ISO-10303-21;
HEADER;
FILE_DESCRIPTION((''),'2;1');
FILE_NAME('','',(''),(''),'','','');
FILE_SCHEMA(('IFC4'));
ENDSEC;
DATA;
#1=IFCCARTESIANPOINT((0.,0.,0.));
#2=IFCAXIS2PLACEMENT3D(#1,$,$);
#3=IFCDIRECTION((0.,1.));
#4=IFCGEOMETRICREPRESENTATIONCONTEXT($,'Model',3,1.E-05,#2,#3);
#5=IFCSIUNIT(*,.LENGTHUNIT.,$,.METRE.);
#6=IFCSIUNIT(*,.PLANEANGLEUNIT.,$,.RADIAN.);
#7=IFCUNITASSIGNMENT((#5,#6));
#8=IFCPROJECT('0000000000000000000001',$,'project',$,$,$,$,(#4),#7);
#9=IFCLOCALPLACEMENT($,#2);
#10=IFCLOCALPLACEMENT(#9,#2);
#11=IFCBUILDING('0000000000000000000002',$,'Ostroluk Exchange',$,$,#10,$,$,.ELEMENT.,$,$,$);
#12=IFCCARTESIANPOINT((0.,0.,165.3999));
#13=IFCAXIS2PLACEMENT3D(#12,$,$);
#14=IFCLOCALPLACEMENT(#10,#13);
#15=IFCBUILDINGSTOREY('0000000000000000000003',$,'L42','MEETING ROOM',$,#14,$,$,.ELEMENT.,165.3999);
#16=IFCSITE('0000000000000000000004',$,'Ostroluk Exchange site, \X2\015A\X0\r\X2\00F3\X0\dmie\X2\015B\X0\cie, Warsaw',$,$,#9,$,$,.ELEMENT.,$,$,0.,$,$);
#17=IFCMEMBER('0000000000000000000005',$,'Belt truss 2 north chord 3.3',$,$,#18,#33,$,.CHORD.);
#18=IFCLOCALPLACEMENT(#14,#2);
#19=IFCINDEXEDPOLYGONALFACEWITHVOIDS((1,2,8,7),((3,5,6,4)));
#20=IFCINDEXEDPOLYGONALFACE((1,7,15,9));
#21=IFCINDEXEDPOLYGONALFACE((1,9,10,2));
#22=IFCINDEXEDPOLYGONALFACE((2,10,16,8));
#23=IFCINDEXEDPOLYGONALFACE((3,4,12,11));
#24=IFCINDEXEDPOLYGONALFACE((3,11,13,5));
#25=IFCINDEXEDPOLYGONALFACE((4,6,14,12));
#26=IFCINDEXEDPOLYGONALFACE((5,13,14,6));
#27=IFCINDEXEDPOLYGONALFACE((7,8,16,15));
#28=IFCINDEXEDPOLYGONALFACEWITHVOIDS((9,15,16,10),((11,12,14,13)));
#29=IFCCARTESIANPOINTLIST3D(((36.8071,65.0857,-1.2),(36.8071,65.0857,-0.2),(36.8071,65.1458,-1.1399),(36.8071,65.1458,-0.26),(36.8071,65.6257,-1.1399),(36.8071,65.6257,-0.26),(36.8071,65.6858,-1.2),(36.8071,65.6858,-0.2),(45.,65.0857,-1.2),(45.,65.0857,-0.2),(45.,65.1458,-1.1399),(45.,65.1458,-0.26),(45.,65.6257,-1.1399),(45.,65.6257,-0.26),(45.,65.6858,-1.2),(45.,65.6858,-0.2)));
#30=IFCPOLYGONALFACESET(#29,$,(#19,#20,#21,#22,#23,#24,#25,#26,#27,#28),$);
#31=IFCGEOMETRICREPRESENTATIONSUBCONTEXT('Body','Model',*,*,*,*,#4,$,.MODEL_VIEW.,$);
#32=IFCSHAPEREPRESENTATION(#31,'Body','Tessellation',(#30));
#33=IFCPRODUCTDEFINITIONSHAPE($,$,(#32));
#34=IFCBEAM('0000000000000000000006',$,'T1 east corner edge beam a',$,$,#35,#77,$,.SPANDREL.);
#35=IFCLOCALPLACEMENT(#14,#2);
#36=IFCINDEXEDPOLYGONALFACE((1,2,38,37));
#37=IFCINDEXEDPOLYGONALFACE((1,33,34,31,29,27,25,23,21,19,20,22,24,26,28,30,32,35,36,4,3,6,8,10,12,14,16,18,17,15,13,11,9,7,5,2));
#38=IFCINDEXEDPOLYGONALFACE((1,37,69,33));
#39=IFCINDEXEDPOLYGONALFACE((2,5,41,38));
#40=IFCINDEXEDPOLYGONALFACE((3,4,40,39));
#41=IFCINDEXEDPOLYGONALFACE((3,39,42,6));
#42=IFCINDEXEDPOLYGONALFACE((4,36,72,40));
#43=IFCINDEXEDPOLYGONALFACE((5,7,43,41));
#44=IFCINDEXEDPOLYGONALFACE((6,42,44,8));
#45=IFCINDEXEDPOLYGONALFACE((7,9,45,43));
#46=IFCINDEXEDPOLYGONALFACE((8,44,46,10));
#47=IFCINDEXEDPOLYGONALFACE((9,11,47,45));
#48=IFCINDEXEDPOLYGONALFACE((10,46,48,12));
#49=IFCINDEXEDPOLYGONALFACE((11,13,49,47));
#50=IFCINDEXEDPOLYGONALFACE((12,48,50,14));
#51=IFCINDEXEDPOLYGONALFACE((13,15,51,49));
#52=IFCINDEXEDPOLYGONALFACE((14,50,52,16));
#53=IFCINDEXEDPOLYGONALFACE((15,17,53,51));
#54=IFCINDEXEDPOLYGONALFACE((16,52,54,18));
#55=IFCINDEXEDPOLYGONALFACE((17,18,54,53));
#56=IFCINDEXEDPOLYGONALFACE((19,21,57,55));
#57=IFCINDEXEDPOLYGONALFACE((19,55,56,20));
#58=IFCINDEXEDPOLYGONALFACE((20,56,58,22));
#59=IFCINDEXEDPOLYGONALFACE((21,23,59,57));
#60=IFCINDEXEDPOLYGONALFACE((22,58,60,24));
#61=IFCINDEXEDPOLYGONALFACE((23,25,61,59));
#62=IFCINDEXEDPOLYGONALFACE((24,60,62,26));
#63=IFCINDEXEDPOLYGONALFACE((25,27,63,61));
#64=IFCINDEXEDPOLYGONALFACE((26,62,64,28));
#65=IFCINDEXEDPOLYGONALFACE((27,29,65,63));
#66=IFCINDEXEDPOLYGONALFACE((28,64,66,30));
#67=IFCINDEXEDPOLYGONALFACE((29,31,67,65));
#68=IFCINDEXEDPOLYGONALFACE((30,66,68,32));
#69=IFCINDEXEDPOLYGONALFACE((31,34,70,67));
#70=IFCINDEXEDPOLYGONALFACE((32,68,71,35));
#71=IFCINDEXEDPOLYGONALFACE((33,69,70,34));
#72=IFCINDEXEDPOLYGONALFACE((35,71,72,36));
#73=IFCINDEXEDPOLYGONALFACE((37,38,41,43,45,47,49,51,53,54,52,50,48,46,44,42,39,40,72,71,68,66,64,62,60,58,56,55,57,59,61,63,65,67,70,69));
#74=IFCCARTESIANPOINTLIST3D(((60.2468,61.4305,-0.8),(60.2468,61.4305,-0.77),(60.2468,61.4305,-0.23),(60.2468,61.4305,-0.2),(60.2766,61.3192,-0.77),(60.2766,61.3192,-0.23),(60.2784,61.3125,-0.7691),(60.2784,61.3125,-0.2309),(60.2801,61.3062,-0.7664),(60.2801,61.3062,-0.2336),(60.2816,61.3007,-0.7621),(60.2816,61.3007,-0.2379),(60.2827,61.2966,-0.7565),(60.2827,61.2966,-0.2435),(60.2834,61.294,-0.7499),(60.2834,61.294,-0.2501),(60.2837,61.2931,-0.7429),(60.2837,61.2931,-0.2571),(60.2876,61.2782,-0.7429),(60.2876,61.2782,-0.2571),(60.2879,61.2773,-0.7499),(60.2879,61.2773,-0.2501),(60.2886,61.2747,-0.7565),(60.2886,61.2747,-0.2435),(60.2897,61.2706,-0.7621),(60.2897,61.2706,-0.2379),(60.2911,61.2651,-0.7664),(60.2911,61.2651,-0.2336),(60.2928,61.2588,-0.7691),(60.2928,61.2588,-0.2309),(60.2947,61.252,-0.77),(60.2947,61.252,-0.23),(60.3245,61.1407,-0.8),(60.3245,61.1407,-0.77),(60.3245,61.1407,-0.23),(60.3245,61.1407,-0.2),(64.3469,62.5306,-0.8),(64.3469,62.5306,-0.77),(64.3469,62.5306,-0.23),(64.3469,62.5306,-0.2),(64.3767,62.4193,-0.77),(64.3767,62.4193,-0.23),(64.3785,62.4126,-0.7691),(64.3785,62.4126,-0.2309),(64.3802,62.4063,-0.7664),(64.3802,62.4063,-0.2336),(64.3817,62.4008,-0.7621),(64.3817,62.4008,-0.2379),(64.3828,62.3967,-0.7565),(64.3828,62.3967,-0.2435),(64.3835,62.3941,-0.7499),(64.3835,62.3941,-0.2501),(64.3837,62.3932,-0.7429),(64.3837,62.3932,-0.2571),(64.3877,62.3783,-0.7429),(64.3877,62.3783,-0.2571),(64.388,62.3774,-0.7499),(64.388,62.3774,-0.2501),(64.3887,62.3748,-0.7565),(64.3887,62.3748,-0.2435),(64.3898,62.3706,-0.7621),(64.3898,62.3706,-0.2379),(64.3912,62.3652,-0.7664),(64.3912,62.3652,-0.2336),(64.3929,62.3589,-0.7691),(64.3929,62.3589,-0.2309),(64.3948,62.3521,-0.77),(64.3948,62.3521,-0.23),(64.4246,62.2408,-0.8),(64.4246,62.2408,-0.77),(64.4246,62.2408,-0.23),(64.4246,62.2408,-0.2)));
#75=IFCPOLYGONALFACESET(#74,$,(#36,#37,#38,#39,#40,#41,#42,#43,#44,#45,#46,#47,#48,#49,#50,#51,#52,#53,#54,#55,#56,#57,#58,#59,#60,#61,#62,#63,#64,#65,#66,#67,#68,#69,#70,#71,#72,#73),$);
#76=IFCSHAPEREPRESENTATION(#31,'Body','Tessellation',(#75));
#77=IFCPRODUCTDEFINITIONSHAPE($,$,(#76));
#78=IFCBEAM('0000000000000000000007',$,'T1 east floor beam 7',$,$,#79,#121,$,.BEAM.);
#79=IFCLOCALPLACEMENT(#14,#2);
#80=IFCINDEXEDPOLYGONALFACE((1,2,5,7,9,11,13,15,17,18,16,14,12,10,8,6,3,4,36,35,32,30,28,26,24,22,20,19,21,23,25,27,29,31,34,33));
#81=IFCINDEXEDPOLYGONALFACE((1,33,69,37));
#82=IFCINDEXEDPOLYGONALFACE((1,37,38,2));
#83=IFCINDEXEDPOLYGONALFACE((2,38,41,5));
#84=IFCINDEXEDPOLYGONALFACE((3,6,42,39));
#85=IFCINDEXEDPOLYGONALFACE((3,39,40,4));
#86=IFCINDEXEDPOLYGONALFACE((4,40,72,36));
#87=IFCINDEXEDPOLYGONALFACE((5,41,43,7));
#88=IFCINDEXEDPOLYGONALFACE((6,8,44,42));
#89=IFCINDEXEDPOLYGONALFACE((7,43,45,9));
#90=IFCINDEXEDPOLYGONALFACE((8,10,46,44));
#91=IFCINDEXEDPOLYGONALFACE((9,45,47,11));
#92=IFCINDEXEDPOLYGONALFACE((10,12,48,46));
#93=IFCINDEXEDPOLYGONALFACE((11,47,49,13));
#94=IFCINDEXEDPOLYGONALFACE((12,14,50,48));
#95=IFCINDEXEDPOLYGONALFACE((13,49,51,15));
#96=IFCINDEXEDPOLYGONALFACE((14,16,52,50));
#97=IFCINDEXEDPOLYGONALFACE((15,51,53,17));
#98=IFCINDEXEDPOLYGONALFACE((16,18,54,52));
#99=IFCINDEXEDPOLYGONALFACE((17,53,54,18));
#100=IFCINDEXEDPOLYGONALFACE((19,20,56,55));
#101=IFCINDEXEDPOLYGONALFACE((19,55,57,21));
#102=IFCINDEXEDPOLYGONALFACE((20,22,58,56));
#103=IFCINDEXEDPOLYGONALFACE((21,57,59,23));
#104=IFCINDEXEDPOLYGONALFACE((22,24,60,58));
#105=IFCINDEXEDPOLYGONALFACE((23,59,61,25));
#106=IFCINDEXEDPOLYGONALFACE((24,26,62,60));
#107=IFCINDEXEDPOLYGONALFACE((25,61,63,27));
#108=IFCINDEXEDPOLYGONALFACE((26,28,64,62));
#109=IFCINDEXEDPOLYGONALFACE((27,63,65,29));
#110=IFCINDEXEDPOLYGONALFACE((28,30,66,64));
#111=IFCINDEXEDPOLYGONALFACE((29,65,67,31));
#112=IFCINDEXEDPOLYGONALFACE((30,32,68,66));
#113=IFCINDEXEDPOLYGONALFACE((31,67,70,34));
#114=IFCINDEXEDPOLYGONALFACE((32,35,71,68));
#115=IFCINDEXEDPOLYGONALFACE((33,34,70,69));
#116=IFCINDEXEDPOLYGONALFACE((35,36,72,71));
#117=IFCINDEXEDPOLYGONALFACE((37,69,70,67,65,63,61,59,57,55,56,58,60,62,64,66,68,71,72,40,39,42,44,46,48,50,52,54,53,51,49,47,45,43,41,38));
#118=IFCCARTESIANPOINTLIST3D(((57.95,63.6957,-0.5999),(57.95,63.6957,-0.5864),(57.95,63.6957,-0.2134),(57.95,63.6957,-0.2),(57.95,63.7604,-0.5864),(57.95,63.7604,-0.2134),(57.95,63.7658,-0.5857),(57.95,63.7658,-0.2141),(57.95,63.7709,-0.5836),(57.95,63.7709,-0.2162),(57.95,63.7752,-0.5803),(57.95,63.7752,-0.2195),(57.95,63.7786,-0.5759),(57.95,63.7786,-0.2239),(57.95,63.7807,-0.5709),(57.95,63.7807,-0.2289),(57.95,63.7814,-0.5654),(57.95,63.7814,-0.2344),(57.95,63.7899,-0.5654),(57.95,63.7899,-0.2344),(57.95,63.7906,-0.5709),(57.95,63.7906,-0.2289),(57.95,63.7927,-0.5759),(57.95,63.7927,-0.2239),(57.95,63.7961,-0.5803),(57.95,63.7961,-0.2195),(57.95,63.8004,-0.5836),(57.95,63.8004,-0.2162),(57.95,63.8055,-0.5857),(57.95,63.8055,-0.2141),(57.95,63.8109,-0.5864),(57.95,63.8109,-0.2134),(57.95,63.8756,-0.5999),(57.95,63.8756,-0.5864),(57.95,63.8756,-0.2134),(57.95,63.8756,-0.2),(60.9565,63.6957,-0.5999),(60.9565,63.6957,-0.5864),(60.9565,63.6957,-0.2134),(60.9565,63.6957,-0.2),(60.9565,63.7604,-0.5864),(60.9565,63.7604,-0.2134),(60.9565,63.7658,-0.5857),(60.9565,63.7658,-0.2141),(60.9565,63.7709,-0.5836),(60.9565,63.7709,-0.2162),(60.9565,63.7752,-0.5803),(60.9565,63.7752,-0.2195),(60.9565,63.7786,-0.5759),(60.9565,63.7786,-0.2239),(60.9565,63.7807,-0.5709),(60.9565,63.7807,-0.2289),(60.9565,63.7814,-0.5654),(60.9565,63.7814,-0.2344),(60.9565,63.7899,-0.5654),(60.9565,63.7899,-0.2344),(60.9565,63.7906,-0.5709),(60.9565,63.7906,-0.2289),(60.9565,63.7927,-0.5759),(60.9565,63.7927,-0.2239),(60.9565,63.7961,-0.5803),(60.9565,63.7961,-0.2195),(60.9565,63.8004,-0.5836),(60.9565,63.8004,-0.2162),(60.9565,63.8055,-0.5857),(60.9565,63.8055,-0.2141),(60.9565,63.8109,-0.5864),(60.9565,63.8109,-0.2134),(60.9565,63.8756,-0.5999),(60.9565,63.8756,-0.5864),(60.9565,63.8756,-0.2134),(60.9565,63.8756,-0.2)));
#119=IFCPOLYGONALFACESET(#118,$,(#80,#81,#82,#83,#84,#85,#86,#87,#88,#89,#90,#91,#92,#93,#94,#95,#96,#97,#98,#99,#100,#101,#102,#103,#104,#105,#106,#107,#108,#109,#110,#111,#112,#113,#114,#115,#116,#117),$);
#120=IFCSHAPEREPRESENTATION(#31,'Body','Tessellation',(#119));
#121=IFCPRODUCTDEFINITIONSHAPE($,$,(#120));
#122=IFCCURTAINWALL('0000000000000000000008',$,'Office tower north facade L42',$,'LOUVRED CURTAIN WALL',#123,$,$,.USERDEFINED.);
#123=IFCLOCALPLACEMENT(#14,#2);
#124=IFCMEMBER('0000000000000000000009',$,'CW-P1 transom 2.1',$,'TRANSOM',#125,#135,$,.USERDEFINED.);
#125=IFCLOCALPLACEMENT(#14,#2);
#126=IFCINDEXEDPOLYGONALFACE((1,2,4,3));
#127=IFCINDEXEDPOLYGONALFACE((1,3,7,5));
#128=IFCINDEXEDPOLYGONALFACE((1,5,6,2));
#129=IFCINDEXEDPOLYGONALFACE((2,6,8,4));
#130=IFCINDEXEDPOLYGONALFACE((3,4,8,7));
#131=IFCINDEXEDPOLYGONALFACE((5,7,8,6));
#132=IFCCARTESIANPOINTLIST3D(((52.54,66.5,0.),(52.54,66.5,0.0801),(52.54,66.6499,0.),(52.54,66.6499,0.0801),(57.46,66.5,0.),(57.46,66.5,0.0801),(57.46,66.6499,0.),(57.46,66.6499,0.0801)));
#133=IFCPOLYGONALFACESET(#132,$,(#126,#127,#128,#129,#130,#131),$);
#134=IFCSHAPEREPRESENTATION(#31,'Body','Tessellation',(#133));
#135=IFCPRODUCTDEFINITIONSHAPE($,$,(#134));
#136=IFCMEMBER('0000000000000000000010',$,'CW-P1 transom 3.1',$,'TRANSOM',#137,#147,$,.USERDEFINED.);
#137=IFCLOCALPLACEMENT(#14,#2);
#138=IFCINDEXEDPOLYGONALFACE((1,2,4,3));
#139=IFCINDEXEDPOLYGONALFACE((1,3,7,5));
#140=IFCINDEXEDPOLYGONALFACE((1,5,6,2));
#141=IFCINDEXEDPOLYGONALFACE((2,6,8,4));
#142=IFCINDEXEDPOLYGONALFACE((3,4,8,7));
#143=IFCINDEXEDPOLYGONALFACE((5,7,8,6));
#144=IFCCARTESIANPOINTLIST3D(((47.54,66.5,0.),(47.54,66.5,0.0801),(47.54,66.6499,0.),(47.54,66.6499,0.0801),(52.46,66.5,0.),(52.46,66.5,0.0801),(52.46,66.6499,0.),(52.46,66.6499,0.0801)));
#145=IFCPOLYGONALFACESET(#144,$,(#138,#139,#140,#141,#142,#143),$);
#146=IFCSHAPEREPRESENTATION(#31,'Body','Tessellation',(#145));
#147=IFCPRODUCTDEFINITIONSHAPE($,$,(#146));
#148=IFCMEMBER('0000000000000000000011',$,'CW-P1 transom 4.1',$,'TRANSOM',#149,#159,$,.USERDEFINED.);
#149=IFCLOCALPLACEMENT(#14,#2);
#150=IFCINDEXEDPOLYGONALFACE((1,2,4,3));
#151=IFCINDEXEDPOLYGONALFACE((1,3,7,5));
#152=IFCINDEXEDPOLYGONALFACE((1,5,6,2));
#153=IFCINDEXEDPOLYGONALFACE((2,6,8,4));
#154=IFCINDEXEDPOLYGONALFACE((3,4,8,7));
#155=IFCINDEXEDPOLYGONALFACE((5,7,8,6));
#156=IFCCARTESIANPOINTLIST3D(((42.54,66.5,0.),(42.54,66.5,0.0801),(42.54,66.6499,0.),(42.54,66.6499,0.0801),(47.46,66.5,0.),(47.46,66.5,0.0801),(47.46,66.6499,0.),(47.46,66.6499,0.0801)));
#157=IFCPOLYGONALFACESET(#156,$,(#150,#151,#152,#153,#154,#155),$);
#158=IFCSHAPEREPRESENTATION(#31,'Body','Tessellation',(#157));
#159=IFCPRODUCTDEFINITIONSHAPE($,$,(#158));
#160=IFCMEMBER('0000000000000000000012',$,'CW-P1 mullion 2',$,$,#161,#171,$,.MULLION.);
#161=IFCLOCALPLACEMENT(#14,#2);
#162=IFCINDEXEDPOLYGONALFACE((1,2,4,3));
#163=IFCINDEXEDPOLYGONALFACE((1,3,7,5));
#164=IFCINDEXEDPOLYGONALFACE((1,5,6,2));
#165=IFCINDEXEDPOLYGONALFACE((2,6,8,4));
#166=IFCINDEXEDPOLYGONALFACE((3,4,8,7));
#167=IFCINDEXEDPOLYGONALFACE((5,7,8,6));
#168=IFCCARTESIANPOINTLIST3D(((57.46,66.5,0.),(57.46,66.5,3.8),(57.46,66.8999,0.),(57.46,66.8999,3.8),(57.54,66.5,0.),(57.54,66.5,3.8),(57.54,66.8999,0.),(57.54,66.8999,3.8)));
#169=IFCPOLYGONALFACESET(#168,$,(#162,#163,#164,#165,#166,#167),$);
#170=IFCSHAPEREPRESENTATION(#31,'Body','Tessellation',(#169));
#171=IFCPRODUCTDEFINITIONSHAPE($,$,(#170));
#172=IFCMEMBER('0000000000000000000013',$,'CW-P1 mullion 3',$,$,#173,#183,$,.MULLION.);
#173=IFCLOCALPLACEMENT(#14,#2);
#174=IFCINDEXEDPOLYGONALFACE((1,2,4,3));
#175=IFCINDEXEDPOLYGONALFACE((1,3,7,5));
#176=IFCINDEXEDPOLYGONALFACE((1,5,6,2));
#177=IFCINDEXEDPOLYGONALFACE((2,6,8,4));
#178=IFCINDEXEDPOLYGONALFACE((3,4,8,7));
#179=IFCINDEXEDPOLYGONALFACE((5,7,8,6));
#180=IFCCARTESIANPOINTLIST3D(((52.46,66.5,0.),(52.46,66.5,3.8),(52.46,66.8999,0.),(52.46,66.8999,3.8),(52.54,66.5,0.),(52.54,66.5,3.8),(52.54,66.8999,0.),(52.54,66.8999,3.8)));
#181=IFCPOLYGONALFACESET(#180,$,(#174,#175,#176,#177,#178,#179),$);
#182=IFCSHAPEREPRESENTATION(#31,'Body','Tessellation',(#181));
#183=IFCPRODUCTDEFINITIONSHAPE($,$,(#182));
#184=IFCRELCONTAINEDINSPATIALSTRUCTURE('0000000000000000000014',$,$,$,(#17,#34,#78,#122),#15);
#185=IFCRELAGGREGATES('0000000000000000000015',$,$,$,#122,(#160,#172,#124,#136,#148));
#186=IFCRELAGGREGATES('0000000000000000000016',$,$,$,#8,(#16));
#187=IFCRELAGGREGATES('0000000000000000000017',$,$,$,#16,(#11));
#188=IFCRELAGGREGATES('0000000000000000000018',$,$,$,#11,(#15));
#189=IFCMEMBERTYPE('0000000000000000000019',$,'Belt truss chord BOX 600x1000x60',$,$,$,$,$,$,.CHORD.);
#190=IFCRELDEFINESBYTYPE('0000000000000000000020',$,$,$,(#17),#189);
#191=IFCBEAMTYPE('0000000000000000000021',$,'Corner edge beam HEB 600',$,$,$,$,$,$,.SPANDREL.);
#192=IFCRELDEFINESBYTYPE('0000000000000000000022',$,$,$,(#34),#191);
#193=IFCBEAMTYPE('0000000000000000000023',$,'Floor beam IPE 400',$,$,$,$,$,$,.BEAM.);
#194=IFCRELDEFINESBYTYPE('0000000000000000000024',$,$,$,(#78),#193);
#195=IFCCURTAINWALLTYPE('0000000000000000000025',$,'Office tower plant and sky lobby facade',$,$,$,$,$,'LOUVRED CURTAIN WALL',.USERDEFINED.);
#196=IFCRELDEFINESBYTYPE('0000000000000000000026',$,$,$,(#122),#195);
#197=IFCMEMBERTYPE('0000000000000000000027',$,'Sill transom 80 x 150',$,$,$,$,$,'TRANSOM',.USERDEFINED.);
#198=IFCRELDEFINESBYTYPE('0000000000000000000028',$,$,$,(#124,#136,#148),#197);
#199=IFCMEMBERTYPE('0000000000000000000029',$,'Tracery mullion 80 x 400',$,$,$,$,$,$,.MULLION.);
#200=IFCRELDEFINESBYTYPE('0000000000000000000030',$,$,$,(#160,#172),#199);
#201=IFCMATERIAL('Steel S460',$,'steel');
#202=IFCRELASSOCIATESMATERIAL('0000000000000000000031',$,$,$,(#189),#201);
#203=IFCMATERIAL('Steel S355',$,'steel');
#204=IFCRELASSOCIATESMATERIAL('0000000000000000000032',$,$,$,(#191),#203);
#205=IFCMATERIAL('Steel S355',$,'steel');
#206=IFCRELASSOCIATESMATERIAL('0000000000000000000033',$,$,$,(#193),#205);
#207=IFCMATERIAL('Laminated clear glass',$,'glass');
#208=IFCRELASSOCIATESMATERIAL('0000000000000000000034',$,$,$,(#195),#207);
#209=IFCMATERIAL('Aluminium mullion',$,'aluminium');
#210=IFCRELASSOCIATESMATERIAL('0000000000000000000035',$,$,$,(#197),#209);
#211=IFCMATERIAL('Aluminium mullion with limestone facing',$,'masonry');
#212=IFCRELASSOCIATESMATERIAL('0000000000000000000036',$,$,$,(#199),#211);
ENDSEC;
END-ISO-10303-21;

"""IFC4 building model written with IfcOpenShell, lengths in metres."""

from ifc_helpers import new_model, si_unit, direction, frame, origin, origin_2d, place, context, subcontext, project, spatial, rectangle, hollow_rectangle, i_section, extrude, material, material_profile, profile_set, type_object, element, aggregate, save


model = new_model("IFC4")

# Units and contexts
model_context = context("Model", 3, precision=1e-05, world=origin(), true_north=direction((0.0, 1.0)))
body_context = subcontext(model_context, "Body", "Model", "MODEL_VIEW")
ifc_project = project(units=[si_unit("LENGTHUNIT", "METRE"), si_unit("PLANEANGLEUNIT", "RADIAN")], contexts=[model_context])

# Site, building, storey
site_placement = place(None, origin())
site = spatial("IfcSite", under=ifc_project, at=site_placement, Name="Ostroluk Exchange site, Śródmieście, Warsaw", CompositionType="ELEMENT", RefElevation=0.0)
building_placement = place(site_placement, origin())
building = spatial("IfcBuilding", under=site, at=building_placement, Name="Ostroluk Exchange", CompositionType="ELEMENT")
storey_placement = place(building_placement, frame((0.0, 0.0, 165.3999)))
storey = spatial("IfcBuildingStorey", under=building, at=storey_placement, Name="L42", Description="MEETING ROOM", CompositionType="ELEMENT", Elevation=165.3999)

# Member
ifc_material_1 = material(Name="Steel S460", Category="steel")
ifc_material_profile_1 = material_profile(ifc_material_1, hollow_rectangle(XDim=0.6001, YDim=1.0, WallThickness=0.0601, at=origin_2d()), Name="BOX 600x1000x60")
ifc_profile_set_1 = profile_set([ifc_material_profile_1], Name="Steel S460")
member_type_1 = type_object("IfcMemberType", Name="Belt truss chord BOX 600x1000x60", PredefinedType="CHORD", material=ifc_profile_set_1)
for number, where, z_axis, x_axis, name in (
    (1, (45.0, 65.3857, -0.7), (-1.0, 0.0, 0.0), (0.0, -1.0, 0.0), "Belt truss 2 north chord 3.3"),
):
    element("IfcMember", number, at=place(storey_placement, frame(where, z_axis=z_axis, x_axis=x_axis)), inside=storey, type_object=member_type_1, Name=name, PredefinedType="CHORD", context=body_context, shape_type="SweptSolid", body=[
        extrude(hollow_rectangle(XDim=0.6001, YDim=1.0, WallThickness=0.0601, at=origin_2d()), origin(), (0.0, 0.0, 1.0), 8.1929),
    ])

# Beams
ifc_material_2 = material(Name="Steel S355", Category="steel")
ifc_material_profile_2 = material_profile(ifc_material_2, i_section(OverallWidth=0.3, OverallDepth=0.6001, WebThickness=0.0154, FlangeThickness=0.03, FilletRadius=0.0271, at=origin_2d()), Name="HEB 600")
ifc_profile_set_2 = profile_set([ifc_material_profile_2], Name="Steel S355")
beam_type_1 = type_object("IfcBeamType", Name="Corner edge beam HEB 600", PredefinedType="SPANDREL", material=ifc_profile_set_2)
beam_1_placement = place(storey_placement, frame((60.2856, 61.2856, -0.5), z_axis=(0.965839, 0.259144, 0.0), x_axis=(-0.259144, 0.965839, 0.0)))
element("IfcBeam", 2, at=beam_1_placement, inside=storey, type_object=beam_type_1, Name="T1 east corner edge beam a", PredefinedType="SPANDREL", context=body_context, shape_type="SweptSolid", body=[
    extrude(i_section(OverallWidth=0.3, OverallDepth=0.6001, WebThickness=0.0154, FlangeThickness=0.03, FilletRadius=0.0271, at=origin_2d()), origin(), (0.0, 0.0, 1.0), 4.2451),
])
ifc_material_3 = material(Name="Steel S355", Category="steel")
ifc_material_profile_3 = material_profile(ifc_material_3, i_section(OverallWidth=0.1799, OverallDepth=0.3999, WebThickness=0.0085, FlangeThickness=0.0134, FilletRadius=0.021, at=origin_2d()), Name="IPE 400")
ifc_profile_set_3 = profile_set([ifc_material_profile_3], Name="Steel S355")
beam_type_2 = type_object("IfcBeamType", Name="Floor beam IPE 400", PredefinedType="BEAM", material=ifc_profile_set_3)
beam_2_placement = place(storey_placement, frame((57.95, 63.7856, -0.3999), z_axis=(1.0, 0.0, 0.0), x_axis=(0.0, 1.0, 0.0)))
element("IfcBeam", 3, at=beam_2_placement, inside=storey, type_object=beam_type_2, Name="T1 east floor beam 7", PredefinedType="BEAM", context=body_context, shape_type="SweptSolid", body=[
    extrude(i_section(OverallWidth=0.1799, OverallDepth=0.3999, WebThickness=0.0085, FlangeThickness=0.0134, FilletRadius=0.021, at=origin_2d()), origin(), (0.0, 0.0, 1.0), 3.0066),
])

# Curtain wall, members
ifc_material_4 = material(Name="Laminated clear glass", Category="glass")
curtain_wall_type = type_object("IfcCurtainWallType", Name="Office tower plant and sky lobby facade", ElementType="LOUVRED CURTAIN WALL", PredefinedType="USERDEFINED", material=ifc_material_4)
curtain_wall_placement = place(storey_placement, origin())
curtain_wall = element("IfcCurtainWall", 4, at=curtain_wall_placement, inside=storey, type_object=curtain_wall_type, Name="Office tower north facade L42", ObjectType="LOUVRED CURTAIN WALL", PredefinedType="USERDEFINED")
ifc_material_5 = material(Name="Aluminium mullion", Category="aluminium")
ifc_material_profile_4 = material_profile(ifc_material_5, rectangle(XDim=0.1499, YDim=0.0801, at=origin_2d()), Name="Sill transom 80 x 150")
ifc_profile_set_4 = profile_set([ifc_material_profile_4], Name="Aluminium mullion")
member_type_2 = type_object("IfcMemberType", Name="Sill transom 80 x 150", ElementType="TRANSOM", PredefinedType="USERDEFINED", material=ifc_profile_set_4)
member_1_placement = place(storey_placement, frame((57.46, 66.575, 0.04), z_axis=(-1.0, 0.0, 0.0), x_axis=(0.0, -1.0, 0.0)))
member_1 = element("IfcMember", 5, at=member_1_placement, type_object=member_type_2, Name="CW-P1 transom 2.1", ObjectType="TRANSOM", PredefinedType="USERDEFINED", context=body_context, shape_type="SweptSolid", body=[
    extrude(rectangle(XDim=0.1499, YDim=0.0801, at=origin_2d()), origin(), (0.0, 0.0, 1.0), 4.9199),
])
member_2_placement = place(storey_placement, frame((52.46, 66.575, 0.04), z_axis=(-1.0, 0.0, 0.0), x_axis=(0.0, -1.0, 0.0)))
member_2 = element("IfcMember", 6, at=member_2_placement, type_object=member_type_2, Name="CW-P1 transom 3.1", ObjectType="TRANSOM", PredefinedType="USERDEFINED", context=body_context, shape_type="SweptSolid", body=[
    extrude(rectangle(XDim=0.1499, YDim=0.0801, at=origin_2d()), origin(), (0.0, 0.0, 1.0), 4.9199),
])
member_3_placement = place(storey_placement, frame((47.46, 66.575, 0.04), z_axis=(-1.0, 0.0, 0.0), x_axis=(0.0, -1.0, 0.0)))
member_3 = element("IfcMember", 7, at=member_3_placement, type_object=member_type_2, Name="CW-P1 transom 4.1", ObjectType="TRANSOM", PredefinedType="USERDEFINED", context=body_context, shape_type="SweptSolid", body=[
    extrude(rectangle(XDim=0.1499, YDim=0.0801, at=origin_2d()), origin(), (0.0, 0.0, 1.0), 4.9199),
])
ifc_material_6 = material(Name="Aluminium mullion with limestone facing", Category="masonry")
ifc_material_profile_5 = material_profile(ifc_material_6, rectangle(XDim=0.3999, YDim=0.0801, at=origin_2d()), Name="Tracery mullion 80 x 400")
ifc_profile_set_5 = profile_set([ifc_material_profile_5], Name="Aluminium mullion with limestone facing")
member_type_3 = type_object("IfcMemberType", Name="Tracery mullion 80 x 400", PredefinedType="MULLION", material=ifc_profile_set_5)
member_4_placement = place(storey_placement, frame((57.5, 66.7, 0.0), z_axis=(0.0, 0.0, 1.0), x_axis=(0.0, -1.0, 0.0)))
member_4 = element("IfcMember", 8, at=member_4_placement, type_object=member_type_3, Name="CW-P1 mullion 2", PredefinedType="MULLION", context=body_context, shape_type="SweptSolid", body=[
    extrude(rectangle(XDim=0.3999, YDim=0.0801, at=origin_2d()), origin(), (0.0, 0.0, 1.0), 3.8),
])
member_5_placement = place(storey_placement, frame((52.5, 66.7, 0.0), z_axis=(0.0, 0.0, 1.0), x_axis=(0.0, -1.0, 0.0)))
member_5 = element("IfcMember", 9, at=member_5_placement, type_object=member_type_3, Name="CW-P1 mullion 3", PredefinedType="MULLION", context=body_context, shape_type="SweptSolid", body=[
    extrude(rectangle(XDim=0.3999, YDim=0.0801, at=origin_2d()), origin(), (0.0, 0.0, 1.0), 3.8),
])
aggregate(curtain_wall, [member_4, member_5, member_1, member_2, member_3])

save(model, "model.ifc")
